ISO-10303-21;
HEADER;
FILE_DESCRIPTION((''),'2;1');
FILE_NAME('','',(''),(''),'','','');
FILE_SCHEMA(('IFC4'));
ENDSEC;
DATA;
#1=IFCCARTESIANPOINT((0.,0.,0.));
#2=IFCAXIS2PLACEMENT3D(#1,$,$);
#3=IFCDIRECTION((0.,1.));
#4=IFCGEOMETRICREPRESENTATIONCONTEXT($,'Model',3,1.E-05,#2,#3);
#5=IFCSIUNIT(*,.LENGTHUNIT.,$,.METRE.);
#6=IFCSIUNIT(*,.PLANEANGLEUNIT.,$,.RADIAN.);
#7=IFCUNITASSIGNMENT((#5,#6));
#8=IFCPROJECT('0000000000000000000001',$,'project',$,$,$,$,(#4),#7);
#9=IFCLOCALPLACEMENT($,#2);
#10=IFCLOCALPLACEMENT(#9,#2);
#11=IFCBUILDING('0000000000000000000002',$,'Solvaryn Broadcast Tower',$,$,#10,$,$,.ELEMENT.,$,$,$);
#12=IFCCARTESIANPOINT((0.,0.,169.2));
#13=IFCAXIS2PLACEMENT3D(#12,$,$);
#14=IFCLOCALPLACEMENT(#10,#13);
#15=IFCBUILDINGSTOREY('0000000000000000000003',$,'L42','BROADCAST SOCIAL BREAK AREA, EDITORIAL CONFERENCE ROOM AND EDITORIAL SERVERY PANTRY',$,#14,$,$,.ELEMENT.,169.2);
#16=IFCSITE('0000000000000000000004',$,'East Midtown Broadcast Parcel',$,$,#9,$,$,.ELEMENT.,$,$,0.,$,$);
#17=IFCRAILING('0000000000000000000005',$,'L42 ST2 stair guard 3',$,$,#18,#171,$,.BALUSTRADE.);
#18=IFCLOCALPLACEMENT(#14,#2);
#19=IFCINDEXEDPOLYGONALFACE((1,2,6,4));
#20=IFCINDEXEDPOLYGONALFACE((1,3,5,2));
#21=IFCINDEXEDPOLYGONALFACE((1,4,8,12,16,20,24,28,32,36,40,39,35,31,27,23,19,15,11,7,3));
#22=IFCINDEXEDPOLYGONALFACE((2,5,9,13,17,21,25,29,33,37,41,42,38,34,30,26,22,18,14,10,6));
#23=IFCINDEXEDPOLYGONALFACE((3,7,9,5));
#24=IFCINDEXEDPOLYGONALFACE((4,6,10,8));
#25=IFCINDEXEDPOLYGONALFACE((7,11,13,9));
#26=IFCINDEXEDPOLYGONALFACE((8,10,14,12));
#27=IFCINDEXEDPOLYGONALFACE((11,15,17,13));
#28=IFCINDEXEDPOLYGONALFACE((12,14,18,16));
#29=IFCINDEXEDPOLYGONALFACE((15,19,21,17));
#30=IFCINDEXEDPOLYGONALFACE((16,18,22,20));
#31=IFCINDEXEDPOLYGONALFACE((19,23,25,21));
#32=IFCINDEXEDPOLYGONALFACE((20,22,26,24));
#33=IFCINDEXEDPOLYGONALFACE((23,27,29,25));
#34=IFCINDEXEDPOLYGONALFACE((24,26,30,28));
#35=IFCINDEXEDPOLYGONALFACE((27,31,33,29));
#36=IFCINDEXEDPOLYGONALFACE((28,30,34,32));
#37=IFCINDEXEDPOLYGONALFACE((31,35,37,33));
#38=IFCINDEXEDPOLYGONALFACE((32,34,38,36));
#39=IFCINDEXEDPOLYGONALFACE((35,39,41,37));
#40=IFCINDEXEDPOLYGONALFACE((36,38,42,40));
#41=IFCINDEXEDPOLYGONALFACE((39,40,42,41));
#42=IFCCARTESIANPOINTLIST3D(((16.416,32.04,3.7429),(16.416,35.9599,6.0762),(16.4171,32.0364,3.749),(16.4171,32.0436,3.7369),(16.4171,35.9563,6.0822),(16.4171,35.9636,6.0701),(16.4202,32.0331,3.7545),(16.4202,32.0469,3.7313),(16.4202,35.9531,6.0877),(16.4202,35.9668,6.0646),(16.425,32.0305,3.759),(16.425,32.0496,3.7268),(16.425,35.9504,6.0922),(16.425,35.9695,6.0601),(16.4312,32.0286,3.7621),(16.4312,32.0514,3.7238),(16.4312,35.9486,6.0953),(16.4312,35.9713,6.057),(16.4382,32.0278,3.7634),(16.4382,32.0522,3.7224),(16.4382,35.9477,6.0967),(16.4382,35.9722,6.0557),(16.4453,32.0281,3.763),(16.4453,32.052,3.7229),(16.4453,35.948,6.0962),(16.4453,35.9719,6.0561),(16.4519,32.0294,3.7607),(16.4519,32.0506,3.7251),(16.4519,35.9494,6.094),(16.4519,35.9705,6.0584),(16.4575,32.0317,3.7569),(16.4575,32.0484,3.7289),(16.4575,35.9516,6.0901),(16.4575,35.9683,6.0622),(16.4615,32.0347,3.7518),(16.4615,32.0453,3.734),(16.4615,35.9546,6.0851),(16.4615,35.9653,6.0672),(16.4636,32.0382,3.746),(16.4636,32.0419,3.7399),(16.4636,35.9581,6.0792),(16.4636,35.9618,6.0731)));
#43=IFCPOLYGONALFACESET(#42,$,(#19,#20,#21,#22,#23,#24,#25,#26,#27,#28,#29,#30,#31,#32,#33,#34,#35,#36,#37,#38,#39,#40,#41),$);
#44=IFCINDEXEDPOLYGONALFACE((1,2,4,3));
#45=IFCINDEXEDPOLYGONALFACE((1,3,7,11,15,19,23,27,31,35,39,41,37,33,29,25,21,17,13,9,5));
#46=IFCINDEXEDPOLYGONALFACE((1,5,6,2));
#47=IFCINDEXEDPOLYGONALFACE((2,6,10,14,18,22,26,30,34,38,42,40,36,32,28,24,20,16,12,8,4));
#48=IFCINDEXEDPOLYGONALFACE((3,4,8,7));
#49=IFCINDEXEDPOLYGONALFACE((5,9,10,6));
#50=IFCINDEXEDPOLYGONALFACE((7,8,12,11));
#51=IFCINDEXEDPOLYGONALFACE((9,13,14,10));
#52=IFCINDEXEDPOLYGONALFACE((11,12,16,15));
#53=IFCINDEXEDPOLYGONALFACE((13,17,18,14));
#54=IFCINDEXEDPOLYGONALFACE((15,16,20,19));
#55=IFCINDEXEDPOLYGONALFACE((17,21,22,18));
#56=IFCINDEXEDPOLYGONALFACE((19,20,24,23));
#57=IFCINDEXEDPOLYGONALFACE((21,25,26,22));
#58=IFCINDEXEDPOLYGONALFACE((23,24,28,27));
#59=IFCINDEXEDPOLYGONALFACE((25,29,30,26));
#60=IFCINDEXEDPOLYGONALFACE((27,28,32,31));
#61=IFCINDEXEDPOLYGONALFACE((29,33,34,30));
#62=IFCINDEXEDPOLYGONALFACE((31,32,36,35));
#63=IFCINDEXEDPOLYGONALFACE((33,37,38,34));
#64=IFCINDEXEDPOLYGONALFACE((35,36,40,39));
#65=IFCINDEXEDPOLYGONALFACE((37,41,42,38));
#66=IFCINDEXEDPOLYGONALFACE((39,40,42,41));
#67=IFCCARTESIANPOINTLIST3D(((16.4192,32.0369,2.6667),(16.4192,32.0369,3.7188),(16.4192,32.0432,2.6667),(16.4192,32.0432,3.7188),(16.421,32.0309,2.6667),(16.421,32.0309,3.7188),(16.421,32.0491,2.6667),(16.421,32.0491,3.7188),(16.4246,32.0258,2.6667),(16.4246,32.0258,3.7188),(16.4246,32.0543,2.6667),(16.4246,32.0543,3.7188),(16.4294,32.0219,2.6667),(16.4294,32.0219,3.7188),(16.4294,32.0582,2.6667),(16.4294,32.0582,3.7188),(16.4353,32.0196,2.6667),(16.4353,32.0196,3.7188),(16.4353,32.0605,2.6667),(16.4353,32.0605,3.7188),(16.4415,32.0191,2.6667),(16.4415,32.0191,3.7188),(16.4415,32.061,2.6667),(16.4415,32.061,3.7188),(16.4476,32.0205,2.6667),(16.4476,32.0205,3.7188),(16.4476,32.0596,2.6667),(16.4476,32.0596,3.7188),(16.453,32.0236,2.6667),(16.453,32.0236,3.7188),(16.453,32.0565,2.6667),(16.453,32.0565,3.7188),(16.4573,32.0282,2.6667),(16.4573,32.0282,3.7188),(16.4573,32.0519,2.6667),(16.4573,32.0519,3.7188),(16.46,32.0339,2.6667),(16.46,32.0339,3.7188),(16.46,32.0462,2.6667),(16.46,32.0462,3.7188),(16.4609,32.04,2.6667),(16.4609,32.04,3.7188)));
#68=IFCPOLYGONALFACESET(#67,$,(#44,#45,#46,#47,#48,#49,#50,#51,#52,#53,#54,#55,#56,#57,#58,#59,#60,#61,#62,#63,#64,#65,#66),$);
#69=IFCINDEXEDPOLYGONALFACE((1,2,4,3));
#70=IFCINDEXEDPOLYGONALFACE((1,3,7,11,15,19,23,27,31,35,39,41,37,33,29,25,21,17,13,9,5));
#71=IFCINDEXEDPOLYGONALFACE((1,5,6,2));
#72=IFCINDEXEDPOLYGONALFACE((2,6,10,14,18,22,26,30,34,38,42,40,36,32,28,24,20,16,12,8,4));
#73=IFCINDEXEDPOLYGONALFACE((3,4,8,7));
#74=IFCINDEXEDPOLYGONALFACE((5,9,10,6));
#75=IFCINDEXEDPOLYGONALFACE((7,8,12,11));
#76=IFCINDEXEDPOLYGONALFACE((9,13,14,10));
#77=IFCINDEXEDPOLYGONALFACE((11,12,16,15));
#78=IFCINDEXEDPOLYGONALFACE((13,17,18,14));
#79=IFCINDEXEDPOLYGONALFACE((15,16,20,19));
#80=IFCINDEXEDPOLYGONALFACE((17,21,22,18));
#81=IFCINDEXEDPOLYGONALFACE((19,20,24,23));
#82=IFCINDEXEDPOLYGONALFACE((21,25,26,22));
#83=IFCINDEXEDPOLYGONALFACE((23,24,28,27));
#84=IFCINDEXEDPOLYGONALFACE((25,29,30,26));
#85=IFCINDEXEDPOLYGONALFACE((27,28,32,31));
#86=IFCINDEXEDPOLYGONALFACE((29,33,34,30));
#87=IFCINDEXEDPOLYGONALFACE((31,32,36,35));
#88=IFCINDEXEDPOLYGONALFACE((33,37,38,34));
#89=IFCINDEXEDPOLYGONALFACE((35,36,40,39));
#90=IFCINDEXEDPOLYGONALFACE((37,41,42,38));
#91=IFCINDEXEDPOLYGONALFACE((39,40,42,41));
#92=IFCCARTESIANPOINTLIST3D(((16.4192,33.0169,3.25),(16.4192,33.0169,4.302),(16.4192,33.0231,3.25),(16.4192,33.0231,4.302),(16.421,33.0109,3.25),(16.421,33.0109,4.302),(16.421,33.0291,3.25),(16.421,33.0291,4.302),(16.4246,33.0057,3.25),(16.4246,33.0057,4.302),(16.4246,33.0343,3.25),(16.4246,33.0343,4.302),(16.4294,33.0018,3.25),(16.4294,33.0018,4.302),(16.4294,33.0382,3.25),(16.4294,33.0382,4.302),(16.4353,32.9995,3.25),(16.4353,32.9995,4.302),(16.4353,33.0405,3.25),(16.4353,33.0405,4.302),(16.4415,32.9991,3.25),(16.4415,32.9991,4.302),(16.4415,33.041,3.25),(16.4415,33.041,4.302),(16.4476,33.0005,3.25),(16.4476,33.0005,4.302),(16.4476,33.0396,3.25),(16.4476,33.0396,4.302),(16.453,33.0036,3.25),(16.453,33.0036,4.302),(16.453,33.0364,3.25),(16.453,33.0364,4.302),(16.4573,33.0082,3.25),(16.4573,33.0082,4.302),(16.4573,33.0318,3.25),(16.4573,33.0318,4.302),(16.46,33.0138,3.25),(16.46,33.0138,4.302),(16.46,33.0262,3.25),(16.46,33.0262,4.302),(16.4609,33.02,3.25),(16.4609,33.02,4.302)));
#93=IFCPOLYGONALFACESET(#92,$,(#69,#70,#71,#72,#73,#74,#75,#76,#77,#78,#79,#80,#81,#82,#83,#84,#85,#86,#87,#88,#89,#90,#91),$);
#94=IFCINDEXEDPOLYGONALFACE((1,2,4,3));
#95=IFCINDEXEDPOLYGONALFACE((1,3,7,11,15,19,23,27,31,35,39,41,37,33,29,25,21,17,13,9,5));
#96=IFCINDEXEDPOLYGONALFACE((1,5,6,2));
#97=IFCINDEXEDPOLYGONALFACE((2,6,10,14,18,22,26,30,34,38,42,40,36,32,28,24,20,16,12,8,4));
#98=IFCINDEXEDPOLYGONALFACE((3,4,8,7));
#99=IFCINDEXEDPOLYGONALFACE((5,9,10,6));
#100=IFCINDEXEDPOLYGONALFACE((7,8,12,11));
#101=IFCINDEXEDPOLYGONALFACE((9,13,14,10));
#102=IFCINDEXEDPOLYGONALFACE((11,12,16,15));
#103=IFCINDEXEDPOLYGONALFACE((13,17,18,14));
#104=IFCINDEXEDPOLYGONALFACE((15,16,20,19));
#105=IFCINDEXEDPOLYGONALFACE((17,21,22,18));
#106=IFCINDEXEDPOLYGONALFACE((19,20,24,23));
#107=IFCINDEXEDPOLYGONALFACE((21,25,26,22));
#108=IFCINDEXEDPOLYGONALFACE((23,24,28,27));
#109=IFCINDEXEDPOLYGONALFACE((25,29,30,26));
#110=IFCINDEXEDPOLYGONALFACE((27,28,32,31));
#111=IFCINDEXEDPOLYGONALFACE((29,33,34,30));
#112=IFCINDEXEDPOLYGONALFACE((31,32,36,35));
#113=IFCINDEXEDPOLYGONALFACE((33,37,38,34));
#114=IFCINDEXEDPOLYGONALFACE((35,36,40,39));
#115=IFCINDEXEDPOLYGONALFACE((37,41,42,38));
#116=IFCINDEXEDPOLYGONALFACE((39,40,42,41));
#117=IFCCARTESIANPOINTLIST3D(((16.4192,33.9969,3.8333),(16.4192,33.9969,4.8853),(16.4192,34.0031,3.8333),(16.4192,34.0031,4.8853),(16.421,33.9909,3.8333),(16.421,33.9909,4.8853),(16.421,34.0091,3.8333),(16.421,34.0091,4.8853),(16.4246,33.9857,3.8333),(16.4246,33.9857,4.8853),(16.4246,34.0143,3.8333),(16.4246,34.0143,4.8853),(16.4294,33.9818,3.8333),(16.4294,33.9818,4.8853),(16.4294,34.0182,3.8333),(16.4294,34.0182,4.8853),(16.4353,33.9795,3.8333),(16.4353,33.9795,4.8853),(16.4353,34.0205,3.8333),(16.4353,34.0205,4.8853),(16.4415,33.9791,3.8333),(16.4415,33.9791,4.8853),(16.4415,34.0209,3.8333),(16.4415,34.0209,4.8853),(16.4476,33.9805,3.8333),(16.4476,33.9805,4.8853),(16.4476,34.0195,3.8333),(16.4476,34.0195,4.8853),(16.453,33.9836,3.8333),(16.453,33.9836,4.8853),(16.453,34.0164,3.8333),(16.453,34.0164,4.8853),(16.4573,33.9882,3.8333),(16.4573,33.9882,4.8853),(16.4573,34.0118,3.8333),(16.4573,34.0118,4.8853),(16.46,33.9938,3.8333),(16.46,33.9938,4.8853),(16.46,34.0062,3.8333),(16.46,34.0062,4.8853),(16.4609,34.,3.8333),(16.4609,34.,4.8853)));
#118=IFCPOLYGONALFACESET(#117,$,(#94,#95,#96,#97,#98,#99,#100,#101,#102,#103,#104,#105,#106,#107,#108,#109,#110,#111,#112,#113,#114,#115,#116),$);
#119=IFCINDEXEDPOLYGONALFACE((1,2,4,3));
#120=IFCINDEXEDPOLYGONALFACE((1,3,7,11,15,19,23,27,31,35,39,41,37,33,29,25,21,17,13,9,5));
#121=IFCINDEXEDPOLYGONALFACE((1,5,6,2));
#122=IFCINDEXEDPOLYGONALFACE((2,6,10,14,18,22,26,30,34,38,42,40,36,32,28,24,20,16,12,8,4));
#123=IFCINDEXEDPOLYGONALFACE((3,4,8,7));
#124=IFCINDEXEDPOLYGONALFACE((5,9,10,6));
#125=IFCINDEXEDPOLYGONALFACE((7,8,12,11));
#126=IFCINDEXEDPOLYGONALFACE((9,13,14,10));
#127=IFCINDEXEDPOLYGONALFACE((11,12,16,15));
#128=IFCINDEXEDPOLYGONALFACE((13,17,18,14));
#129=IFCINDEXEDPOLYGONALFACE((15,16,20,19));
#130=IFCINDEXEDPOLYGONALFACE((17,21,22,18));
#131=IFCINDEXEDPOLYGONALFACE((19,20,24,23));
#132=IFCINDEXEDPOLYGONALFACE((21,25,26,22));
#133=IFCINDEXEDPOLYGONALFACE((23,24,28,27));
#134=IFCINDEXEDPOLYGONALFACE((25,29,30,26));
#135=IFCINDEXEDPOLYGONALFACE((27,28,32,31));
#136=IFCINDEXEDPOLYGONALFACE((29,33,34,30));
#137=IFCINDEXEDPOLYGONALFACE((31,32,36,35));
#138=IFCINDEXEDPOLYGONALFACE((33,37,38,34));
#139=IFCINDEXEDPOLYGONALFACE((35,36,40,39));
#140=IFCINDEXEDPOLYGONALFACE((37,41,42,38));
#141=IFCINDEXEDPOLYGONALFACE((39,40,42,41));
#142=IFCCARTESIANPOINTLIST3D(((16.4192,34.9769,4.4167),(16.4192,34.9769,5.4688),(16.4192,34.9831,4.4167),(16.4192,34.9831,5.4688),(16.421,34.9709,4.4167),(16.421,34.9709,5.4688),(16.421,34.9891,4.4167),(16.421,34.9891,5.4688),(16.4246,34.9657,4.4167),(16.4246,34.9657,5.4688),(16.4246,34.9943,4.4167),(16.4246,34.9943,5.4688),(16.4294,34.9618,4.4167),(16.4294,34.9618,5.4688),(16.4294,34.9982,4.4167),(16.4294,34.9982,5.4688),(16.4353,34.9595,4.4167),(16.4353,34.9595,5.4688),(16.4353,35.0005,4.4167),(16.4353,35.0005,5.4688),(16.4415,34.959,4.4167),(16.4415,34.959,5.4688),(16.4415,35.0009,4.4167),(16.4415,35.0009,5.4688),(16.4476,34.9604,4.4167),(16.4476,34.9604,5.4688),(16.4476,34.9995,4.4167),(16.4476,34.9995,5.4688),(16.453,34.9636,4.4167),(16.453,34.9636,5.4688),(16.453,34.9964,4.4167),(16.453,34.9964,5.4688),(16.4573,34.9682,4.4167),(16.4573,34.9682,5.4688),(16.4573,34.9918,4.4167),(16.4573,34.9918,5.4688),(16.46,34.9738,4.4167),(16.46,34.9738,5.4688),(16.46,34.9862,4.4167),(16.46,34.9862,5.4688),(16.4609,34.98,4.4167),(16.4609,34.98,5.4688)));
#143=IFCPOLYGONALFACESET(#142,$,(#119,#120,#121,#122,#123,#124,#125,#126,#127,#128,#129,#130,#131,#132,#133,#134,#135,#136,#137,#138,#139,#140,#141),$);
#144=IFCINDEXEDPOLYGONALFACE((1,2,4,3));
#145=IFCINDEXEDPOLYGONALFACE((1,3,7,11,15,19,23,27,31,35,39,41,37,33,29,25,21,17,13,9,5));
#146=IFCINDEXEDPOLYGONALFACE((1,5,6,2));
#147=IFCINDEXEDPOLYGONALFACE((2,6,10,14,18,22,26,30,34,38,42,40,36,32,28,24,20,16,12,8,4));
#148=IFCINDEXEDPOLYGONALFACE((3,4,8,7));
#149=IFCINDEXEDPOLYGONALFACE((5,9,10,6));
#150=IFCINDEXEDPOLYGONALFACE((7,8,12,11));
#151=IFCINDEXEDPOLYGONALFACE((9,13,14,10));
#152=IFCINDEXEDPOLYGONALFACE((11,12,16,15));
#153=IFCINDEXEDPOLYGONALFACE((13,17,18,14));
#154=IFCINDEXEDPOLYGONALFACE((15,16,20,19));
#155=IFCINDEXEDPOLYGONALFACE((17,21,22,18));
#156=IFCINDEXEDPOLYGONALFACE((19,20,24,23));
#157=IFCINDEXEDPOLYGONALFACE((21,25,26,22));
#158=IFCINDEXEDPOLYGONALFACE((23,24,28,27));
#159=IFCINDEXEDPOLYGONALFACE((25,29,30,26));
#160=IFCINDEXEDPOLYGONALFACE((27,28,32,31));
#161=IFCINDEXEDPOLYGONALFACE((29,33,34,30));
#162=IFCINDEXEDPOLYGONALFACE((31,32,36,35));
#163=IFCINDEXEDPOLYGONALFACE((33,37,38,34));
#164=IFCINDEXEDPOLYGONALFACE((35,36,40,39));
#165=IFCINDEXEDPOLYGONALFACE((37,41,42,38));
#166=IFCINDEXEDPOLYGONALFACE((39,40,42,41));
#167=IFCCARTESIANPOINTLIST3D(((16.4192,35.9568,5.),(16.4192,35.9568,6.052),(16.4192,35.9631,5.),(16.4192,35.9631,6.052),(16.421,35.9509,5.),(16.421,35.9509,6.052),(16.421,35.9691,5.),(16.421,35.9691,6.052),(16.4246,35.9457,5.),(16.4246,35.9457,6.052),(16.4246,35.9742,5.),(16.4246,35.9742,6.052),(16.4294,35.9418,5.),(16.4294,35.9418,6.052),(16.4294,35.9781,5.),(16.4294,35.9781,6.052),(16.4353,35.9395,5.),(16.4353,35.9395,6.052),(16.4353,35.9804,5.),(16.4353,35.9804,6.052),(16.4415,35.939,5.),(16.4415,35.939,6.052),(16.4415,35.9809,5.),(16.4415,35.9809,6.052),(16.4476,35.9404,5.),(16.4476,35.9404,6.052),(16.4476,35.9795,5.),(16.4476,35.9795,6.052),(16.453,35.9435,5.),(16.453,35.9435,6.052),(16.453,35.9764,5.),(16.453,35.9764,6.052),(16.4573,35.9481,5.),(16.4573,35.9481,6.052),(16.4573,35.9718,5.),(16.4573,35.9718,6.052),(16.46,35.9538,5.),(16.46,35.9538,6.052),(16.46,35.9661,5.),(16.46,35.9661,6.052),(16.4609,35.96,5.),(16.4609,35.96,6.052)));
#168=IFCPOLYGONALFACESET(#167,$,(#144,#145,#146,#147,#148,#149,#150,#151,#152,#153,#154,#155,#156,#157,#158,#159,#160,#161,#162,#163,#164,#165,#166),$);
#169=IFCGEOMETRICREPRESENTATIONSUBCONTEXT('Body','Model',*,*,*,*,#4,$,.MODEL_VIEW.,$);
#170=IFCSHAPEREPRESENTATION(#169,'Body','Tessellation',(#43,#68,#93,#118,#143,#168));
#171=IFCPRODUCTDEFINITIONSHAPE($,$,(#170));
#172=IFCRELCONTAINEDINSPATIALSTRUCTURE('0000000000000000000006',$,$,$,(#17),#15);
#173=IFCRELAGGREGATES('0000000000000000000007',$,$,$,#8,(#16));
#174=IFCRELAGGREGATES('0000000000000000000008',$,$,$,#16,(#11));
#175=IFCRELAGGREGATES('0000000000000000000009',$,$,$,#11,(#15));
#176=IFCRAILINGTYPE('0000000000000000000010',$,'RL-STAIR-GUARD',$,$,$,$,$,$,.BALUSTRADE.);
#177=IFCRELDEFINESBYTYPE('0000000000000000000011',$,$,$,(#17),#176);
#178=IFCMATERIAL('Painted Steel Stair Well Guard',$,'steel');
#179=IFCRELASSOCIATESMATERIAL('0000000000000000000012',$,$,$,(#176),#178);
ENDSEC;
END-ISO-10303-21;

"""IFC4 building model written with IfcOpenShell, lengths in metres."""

from ifc_helpers import new_model, si_unit, direction, frame, origin, origin_2d, place, context, subcontext, project, spatial, circle, extrude, material, type_object, element, save


model = new_model("IFC4")

# Units and contexts
model_context = context("Model", 3, precision=1e-05, world=origin(), true_north=direction((0.0, 1.0)))
body_context = subcontext(model_context, "Body", "Model", "MODEL_VIEW")
ifc_project = project(units=[si_unit("LENGTHUNIT", "METRE"), si_unit("PLANEANGLEUNIT", "RADIAN")], contexts=[model_context])

# Site, building, storey
site_placement = place(None, origin())
site = spatial("IfcSite", under=ifc_project, at=site_placement, Name="East Midtown Broadcast Parcel", CompositionType="ELEMENT", RefElevation=0.0)
building_placement = place(site_placement, origin())
building = spatial("IfcBuilding", under=site, at=building_placement, Name="Solvaryn Broadcast Tower", CompositionType="ELEMENT")
storey_placement = place(building_placement, frame((0.0, 0.0, 169.2)))
storey = spatial("IfcBuildingStorey", under=building, at=storey_placement, Name="L42", Description="BROADCAST SOCIAL BREAK AREA, EDITORIAL CONFERENCE ROOM AND EDITORIAL SERVERY PANTRY", CompositionType="ELEMENT", Elevation=169.2)

# Railing
ifc_material_1 = material(Name="Painted Steel Stair Well Guard", Category="steel")
railing_type_1 = type_object("IfcRailingType", Name="RL-STAIR-GUARD", PredefinedType="BALUSTRADE", material=ifc_material_1)
railing_1_placement = place(storey_placement, frame((16.4399, 32.04, 2.6667)))
element("IfcRailing", 1, at=railing_1_placement, inside=storey, type_object=railing_type_1, Name="L42 ST2 stair guard 3", PredefinedType="BALUSTRADE", context=body_context, shape_type="SweptSolid", body=[
    extrude(circle(Radius=0.0239, at=origin_2d()), frame((0.0, 0.0, 1.0762), z_axis=(0.0, 0.859296, 0.511478), x_axis=(-1.0, 0.0, 0.0)), (0.0, 0.0, 1.0), 4.5618),
    extrude(circle(Radius=0.021, at=origin_2d()), origin(), (0.0, 0.0, 1.0), 1.052),
    extrude(circle(Radius=0.021, at=origin_2d()), frame((0.0, 0.98, 0.5833)), (0.0, 0.0, 1.0), 1.052),
    extrude(circle(Radius=0.021, at=origin_2d()), frame((0.0, 1.96, 1.1665)), (0.0, 0.0, 1.0), 1.052),
    extrude(circle(Radius=0.021, at=origin_2d()), frame((0.0, 2.9399, 1.75)), (0.0, 0.0, 1.0), 1.052),
    extrude(circle(Radius=0.021, at=origin_2d()), frame((0.0, 3.9199, 2.3333)), (0.0, 0.0, 1.0), 1.052),
])

save(model, "model.ifc")
